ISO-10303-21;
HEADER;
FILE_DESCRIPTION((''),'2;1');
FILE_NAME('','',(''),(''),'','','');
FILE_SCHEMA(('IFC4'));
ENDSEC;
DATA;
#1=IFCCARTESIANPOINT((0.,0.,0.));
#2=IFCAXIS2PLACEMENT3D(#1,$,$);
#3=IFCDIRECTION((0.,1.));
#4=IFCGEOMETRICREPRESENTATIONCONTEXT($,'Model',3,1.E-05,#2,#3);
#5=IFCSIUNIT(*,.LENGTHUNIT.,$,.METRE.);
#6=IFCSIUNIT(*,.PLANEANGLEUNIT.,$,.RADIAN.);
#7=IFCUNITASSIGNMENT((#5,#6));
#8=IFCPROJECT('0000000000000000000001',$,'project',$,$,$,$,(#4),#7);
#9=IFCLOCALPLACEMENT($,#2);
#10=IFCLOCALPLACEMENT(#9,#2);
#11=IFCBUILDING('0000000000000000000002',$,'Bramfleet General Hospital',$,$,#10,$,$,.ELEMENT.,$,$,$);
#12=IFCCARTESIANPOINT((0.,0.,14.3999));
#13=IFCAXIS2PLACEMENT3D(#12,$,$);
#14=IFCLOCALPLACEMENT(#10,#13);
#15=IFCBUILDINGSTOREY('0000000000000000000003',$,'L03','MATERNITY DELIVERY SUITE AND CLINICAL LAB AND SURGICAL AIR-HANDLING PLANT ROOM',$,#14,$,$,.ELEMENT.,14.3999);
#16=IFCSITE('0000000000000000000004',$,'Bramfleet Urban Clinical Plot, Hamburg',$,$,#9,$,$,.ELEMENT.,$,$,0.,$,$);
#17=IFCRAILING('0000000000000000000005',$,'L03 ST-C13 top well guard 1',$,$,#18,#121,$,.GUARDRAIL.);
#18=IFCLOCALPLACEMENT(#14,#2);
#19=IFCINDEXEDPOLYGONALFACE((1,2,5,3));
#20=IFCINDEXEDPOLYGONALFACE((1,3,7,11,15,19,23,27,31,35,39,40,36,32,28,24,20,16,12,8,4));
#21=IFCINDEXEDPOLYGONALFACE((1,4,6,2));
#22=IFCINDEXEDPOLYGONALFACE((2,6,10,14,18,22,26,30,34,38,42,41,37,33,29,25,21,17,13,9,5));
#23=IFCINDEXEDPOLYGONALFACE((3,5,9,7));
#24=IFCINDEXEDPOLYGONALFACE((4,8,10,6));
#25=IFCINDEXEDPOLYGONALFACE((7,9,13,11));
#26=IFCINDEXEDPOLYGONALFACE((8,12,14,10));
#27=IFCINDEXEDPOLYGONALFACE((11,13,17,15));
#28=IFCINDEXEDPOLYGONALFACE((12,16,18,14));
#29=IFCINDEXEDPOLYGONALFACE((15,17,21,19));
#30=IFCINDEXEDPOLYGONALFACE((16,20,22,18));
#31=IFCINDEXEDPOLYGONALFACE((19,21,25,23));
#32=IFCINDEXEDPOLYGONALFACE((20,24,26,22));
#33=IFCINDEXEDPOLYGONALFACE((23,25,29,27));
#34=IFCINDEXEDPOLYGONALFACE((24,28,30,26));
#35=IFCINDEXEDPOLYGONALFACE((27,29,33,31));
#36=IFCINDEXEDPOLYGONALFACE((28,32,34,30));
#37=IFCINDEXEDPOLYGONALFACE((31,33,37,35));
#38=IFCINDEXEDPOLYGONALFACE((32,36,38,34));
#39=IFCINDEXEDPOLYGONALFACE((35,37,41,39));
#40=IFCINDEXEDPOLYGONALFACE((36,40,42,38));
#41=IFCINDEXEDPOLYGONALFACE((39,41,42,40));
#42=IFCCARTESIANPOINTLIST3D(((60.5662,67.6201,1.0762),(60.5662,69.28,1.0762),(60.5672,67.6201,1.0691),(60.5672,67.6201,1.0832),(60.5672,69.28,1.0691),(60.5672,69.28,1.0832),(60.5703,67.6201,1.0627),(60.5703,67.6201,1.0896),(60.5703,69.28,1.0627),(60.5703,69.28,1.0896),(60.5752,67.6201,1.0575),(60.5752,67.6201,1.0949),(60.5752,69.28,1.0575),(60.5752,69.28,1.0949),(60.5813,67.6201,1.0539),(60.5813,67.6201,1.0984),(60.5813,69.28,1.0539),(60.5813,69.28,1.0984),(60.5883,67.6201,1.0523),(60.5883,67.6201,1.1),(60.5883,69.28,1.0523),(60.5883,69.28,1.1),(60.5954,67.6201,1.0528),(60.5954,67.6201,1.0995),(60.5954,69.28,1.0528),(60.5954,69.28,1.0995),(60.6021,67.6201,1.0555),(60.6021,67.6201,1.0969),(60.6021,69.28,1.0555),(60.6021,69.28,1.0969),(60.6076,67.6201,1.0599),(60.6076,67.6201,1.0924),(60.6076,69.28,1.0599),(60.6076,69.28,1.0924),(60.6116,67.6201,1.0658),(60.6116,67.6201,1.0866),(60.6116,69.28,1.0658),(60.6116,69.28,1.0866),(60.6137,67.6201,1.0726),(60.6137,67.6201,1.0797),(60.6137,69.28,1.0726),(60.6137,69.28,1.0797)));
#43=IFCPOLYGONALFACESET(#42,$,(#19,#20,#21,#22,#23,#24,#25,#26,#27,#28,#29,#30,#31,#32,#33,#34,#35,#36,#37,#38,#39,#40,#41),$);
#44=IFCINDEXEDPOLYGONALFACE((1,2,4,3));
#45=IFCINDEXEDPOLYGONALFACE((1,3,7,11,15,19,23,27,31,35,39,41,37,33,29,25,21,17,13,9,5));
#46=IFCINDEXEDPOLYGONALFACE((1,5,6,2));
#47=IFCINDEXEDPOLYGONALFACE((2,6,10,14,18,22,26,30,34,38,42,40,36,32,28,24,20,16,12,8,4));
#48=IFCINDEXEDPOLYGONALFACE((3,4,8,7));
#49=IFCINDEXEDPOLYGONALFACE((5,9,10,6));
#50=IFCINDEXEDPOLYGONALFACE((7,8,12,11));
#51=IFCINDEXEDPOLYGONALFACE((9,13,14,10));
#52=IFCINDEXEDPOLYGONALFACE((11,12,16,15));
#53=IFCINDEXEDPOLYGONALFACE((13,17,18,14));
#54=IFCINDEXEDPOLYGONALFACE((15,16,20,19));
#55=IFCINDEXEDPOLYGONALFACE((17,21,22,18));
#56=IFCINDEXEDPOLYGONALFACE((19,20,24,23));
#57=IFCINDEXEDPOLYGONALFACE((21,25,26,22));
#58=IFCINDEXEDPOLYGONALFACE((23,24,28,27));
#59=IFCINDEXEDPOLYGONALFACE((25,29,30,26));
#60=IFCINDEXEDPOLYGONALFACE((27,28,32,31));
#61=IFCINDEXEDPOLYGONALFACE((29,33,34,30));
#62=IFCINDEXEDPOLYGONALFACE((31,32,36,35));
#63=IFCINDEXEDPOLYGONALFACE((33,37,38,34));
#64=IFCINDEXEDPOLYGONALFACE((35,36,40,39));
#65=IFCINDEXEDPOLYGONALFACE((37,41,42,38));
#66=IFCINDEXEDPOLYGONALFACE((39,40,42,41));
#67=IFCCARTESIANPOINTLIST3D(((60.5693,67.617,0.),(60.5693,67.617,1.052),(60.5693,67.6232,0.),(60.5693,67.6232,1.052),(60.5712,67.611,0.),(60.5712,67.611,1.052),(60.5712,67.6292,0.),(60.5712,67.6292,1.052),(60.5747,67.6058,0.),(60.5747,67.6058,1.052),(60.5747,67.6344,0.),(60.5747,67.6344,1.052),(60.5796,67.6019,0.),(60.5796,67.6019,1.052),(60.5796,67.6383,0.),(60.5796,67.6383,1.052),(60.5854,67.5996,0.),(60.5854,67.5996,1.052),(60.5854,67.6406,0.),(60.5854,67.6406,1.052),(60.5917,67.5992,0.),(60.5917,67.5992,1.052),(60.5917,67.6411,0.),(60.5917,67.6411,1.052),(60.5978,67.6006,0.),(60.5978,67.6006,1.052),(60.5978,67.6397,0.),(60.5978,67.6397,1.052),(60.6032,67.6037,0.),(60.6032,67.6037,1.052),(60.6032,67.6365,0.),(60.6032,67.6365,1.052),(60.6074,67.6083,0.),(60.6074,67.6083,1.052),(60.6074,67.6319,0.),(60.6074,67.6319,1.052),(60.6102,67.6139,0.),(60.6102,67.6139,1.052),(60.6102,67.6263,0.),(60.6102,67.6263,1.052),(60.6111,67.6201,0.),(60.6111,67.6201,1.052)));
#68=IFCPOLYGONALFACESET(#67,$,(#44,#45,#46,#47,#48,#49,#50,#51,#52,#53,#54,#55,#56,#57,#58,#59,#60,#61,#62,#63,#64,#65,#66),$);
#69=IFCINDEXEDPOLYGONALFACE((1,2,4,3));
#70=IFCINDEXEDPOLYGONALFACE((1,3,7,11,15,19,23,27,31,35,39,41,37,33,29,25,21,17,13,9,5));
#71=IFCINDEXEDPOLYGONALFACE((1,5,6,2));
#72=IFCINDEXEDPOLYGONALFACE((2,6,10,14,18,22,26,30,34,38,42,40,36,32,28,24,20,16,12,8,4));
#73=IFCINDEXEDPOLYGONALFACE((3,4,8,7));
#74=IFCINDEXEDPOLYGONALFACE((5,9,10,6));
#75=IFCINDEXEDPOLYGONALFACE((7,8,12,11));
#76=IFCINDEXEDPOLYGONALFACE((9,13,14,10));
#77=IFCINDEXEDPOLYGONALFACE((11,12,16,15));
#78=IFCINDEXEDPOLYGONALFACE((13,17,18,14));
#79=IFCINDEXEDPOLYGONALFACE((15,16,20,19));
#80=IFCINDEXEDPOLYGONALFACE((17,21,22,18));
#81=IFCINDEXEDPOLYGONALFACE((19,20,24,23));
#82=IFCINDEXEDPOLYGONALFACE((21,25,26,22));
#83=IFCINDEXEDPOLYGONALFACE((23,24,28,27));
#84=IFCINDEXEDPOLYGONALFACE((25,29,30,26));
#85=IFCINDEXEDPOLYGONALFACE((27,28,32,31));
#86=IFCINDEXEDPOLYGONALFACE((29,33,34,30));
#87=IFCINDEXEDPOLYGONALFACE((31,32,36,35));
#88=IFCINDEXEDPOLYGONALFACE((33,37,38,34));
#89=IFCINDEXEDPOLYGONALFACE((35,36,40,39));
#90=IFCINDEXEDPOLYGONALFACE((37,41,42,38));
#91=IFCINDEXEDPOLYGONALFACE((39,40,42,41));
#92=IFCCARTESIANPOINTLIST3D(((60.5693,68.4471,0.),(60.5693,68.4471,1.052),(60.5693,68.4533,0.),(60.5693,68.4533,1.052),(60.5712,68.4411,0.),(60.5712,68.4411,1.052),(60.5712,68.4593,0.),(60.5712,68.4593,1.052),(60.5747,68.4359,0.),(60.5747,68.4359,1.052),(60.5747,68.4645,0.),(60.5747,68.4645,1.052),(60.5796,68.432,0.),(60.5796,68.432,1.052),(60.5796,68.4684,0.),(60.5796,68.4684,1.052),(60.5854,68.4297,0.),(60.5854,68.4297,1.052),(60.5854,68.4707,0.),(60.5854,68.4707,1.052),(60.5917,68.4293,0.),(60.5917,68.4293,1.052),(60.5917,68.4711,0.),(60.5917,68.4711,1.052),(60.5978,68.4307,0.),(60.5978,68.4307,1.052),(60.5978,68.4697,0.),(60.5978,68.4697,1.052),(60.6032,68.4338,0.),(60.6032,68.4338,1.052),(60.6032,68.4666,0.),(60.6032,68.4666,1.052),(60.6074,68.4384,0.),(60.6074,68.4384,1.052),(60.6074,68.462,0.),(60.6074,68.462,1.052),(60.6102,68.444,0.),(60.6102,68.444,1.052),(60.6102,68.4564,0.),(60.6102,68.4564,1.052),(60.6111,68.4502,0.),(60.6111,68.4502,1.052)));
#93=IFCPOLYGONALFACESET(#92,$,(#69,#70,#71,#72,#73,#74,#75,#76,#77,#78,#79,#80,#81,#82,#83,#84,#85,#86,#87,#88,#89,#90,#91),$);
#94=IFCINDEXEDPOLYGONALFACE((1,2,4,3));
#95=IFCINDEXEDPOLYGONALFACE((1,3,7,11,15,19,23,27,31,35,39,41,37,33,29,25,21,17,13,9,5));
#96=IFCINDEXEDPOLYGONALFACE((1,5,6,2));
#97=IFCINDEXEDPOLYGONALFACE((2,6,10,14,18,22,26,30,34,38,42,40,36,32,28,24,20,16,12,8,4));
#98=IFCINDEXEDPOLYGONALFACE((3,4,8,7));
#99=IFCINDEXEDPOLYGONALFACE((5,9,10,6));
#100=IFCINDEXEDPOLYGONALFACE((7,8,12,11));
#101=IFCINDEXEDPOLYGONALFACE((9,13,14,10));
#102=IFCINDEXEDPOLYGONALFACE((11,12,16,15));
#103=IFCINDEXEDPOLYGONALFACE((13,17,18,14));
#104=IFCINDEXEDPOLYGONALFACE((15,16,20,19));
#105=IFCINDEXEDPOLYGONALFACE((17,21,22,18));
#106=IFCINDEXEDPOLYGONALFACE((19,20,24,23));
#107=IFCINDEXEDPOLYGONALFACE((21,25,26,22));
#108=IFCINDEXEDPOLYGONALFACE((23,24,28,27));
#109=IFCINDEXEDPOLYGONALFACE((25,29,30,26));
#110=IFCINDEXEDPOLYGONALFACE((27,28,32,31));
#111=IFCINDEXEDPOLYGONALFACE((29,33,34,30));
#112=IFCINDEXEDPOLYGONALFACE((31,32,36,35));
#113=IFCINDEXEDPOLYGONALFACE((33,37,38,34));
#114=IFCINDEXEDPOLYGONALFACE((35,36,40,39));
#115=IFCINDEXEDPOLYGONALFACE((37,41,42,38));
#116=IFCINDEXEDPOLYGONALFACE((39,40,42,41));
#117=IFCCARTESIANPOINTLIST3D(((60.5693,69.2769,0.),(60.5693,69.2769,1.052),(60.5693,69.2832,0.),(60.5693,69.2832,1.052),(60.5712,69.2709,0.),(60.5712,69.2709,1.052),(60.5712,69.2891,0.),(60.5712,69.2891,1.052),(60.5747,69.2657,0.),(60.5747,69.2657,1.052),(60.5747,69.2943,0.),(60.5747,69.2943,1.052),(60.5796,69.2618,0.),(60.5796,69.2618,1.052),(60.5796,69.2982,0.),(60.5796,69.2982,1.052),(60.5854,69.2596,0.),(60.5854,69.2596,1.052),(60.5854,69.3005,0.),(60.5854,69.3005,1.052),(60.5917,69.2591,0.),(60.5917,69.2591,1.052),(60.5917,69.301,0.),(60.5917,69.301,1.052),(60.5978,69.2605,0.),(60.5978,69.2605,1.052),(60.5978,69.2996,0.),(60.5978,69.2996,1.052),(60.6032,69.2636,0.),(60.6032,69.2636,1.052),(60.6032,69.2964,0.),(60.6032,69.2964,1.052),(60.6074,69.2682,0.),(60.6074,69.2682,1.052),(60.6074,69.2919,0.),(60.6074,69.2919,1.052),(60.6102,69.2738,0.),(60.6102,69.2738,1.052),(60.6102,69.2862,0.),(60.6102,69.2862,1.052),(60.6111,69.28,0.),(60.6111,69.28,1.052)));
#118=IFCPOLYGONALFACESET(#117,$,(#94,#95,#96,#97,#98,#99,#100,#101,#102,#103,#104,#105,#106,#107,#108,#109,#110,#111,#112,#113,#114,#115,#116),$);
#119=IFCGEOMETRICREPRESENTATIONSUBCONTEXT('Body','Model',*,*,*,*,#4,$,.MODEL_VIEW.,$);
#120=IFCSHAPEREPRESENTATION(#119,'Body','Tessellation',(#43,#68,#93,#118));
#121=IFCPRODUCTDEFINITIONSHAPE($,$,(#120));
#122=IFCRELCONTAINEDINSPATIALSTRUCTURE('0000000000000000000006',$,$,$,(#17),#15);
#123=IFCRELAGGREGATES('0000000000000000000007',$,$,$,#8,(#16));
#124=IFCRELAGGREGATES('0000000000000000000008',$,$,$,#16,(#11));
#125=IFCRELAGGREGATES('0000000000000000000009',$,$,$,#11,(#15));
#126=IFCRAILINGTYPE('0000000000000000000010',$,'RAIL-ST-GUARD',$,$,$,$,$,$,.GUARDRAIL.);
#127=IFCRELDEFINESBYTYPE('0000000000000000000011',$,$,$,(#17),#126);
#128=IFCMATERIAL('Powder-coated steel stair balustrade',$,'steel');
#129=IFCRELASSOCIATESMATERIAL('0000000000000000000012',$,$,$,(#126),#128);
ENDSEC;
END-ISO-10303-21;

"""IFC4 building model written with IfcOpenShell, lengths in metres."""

from ifc_helpers import new_model, si_unit, direction, frame, origin, origin_2d, place, context, subcontext, project, spatial, circle, extrude, material, type_object, element, save


model = new_model("IFC4")

# Units and contexts
model_context = context("Model", 3, precision=1e-05, world=origin(), true_north=direction((0.0, 1.0)))
body_context = subcontext(model_context, "Body", "Model", "MODEL_VIEW")
ifc_project = project(units=[si_unit("LENGTHUNIT", "METRE"), si_unit("PLANEANGLEUNIT", "RADIAN")], contexts=[model_context])

# Site, building, storey
site_placement = place(None, origin())
site = spatial("IfcSite", under=ifc_project, at=site_placement, Name="Bramfleet Urban Clinical Plot, Hamburg", CompositionType="ELEMENT", RefElevation=0.0)
building_placement = place(site_placement, origin())
building = spatial("IfcBuilding", under=site, at=building_placement, Name="Bramfleet General Hospital", CompositionType="ELEMENT")
storey_placement = place(building_placement, frame((0.0, 0.0, 14.3999)))
storey = spatial("IfcBuildingStorey", under=building, at=storey_placement, Name="L03", Description="MATERNITY DELIVERY SUITE AND CLINICAL LAB AND SURGICAL AIR-HANDLING PLANT ROOM", CompositionType="ELEMENT", Elevation=14.3999)

# Railing
ifc_material_1 = material(Name="Powder-coated steel stair balustrade", Category="steel")
railing_type = type_object("IfcRailingType", Name="RAIL-ST-GUARD", PredefinedType="GUARDRAIL", material=ifc_material_1)
railing_placement = place(storey_placement, frame((60.5901, 67.6201, 0.0)))
element("IfcRailing", 1, at=railing_placement, inside=storey, type_object=railing_type, Name="L03 ST-C13 top well guard 1", PredefinedType="GUARDRAIL", context=body_context, shape_type="SweptSolid", body=[
    extrude(circle(Radius=0.0239, at=origin_2d()), frame((0.0, 0.0, 1.0762), z_axis=(0.0, 1.0, 0.0), x_axis=(-1.0, 0.0, 0.0)), (0.0, 0.0, 1.0), 1.6599),
    extrude(circle(Radius=0.021, at=origin_2d()), origin(), (0.0, 0.0, 1.0), 1.052),
    extrude(circle(Radius=0.021, at=origin_2d()), frame((0.0, 0.8301, 0.0)), (0.0, 0.0, 1.0), 1.052),
    extrude(circle(Radius=0.021, at=origin_2d()), frame((0.0, 1.6599, 0.0)), (0.0, 0.0, 1.0), 1.052),
])

save(model, "model.ifc")
